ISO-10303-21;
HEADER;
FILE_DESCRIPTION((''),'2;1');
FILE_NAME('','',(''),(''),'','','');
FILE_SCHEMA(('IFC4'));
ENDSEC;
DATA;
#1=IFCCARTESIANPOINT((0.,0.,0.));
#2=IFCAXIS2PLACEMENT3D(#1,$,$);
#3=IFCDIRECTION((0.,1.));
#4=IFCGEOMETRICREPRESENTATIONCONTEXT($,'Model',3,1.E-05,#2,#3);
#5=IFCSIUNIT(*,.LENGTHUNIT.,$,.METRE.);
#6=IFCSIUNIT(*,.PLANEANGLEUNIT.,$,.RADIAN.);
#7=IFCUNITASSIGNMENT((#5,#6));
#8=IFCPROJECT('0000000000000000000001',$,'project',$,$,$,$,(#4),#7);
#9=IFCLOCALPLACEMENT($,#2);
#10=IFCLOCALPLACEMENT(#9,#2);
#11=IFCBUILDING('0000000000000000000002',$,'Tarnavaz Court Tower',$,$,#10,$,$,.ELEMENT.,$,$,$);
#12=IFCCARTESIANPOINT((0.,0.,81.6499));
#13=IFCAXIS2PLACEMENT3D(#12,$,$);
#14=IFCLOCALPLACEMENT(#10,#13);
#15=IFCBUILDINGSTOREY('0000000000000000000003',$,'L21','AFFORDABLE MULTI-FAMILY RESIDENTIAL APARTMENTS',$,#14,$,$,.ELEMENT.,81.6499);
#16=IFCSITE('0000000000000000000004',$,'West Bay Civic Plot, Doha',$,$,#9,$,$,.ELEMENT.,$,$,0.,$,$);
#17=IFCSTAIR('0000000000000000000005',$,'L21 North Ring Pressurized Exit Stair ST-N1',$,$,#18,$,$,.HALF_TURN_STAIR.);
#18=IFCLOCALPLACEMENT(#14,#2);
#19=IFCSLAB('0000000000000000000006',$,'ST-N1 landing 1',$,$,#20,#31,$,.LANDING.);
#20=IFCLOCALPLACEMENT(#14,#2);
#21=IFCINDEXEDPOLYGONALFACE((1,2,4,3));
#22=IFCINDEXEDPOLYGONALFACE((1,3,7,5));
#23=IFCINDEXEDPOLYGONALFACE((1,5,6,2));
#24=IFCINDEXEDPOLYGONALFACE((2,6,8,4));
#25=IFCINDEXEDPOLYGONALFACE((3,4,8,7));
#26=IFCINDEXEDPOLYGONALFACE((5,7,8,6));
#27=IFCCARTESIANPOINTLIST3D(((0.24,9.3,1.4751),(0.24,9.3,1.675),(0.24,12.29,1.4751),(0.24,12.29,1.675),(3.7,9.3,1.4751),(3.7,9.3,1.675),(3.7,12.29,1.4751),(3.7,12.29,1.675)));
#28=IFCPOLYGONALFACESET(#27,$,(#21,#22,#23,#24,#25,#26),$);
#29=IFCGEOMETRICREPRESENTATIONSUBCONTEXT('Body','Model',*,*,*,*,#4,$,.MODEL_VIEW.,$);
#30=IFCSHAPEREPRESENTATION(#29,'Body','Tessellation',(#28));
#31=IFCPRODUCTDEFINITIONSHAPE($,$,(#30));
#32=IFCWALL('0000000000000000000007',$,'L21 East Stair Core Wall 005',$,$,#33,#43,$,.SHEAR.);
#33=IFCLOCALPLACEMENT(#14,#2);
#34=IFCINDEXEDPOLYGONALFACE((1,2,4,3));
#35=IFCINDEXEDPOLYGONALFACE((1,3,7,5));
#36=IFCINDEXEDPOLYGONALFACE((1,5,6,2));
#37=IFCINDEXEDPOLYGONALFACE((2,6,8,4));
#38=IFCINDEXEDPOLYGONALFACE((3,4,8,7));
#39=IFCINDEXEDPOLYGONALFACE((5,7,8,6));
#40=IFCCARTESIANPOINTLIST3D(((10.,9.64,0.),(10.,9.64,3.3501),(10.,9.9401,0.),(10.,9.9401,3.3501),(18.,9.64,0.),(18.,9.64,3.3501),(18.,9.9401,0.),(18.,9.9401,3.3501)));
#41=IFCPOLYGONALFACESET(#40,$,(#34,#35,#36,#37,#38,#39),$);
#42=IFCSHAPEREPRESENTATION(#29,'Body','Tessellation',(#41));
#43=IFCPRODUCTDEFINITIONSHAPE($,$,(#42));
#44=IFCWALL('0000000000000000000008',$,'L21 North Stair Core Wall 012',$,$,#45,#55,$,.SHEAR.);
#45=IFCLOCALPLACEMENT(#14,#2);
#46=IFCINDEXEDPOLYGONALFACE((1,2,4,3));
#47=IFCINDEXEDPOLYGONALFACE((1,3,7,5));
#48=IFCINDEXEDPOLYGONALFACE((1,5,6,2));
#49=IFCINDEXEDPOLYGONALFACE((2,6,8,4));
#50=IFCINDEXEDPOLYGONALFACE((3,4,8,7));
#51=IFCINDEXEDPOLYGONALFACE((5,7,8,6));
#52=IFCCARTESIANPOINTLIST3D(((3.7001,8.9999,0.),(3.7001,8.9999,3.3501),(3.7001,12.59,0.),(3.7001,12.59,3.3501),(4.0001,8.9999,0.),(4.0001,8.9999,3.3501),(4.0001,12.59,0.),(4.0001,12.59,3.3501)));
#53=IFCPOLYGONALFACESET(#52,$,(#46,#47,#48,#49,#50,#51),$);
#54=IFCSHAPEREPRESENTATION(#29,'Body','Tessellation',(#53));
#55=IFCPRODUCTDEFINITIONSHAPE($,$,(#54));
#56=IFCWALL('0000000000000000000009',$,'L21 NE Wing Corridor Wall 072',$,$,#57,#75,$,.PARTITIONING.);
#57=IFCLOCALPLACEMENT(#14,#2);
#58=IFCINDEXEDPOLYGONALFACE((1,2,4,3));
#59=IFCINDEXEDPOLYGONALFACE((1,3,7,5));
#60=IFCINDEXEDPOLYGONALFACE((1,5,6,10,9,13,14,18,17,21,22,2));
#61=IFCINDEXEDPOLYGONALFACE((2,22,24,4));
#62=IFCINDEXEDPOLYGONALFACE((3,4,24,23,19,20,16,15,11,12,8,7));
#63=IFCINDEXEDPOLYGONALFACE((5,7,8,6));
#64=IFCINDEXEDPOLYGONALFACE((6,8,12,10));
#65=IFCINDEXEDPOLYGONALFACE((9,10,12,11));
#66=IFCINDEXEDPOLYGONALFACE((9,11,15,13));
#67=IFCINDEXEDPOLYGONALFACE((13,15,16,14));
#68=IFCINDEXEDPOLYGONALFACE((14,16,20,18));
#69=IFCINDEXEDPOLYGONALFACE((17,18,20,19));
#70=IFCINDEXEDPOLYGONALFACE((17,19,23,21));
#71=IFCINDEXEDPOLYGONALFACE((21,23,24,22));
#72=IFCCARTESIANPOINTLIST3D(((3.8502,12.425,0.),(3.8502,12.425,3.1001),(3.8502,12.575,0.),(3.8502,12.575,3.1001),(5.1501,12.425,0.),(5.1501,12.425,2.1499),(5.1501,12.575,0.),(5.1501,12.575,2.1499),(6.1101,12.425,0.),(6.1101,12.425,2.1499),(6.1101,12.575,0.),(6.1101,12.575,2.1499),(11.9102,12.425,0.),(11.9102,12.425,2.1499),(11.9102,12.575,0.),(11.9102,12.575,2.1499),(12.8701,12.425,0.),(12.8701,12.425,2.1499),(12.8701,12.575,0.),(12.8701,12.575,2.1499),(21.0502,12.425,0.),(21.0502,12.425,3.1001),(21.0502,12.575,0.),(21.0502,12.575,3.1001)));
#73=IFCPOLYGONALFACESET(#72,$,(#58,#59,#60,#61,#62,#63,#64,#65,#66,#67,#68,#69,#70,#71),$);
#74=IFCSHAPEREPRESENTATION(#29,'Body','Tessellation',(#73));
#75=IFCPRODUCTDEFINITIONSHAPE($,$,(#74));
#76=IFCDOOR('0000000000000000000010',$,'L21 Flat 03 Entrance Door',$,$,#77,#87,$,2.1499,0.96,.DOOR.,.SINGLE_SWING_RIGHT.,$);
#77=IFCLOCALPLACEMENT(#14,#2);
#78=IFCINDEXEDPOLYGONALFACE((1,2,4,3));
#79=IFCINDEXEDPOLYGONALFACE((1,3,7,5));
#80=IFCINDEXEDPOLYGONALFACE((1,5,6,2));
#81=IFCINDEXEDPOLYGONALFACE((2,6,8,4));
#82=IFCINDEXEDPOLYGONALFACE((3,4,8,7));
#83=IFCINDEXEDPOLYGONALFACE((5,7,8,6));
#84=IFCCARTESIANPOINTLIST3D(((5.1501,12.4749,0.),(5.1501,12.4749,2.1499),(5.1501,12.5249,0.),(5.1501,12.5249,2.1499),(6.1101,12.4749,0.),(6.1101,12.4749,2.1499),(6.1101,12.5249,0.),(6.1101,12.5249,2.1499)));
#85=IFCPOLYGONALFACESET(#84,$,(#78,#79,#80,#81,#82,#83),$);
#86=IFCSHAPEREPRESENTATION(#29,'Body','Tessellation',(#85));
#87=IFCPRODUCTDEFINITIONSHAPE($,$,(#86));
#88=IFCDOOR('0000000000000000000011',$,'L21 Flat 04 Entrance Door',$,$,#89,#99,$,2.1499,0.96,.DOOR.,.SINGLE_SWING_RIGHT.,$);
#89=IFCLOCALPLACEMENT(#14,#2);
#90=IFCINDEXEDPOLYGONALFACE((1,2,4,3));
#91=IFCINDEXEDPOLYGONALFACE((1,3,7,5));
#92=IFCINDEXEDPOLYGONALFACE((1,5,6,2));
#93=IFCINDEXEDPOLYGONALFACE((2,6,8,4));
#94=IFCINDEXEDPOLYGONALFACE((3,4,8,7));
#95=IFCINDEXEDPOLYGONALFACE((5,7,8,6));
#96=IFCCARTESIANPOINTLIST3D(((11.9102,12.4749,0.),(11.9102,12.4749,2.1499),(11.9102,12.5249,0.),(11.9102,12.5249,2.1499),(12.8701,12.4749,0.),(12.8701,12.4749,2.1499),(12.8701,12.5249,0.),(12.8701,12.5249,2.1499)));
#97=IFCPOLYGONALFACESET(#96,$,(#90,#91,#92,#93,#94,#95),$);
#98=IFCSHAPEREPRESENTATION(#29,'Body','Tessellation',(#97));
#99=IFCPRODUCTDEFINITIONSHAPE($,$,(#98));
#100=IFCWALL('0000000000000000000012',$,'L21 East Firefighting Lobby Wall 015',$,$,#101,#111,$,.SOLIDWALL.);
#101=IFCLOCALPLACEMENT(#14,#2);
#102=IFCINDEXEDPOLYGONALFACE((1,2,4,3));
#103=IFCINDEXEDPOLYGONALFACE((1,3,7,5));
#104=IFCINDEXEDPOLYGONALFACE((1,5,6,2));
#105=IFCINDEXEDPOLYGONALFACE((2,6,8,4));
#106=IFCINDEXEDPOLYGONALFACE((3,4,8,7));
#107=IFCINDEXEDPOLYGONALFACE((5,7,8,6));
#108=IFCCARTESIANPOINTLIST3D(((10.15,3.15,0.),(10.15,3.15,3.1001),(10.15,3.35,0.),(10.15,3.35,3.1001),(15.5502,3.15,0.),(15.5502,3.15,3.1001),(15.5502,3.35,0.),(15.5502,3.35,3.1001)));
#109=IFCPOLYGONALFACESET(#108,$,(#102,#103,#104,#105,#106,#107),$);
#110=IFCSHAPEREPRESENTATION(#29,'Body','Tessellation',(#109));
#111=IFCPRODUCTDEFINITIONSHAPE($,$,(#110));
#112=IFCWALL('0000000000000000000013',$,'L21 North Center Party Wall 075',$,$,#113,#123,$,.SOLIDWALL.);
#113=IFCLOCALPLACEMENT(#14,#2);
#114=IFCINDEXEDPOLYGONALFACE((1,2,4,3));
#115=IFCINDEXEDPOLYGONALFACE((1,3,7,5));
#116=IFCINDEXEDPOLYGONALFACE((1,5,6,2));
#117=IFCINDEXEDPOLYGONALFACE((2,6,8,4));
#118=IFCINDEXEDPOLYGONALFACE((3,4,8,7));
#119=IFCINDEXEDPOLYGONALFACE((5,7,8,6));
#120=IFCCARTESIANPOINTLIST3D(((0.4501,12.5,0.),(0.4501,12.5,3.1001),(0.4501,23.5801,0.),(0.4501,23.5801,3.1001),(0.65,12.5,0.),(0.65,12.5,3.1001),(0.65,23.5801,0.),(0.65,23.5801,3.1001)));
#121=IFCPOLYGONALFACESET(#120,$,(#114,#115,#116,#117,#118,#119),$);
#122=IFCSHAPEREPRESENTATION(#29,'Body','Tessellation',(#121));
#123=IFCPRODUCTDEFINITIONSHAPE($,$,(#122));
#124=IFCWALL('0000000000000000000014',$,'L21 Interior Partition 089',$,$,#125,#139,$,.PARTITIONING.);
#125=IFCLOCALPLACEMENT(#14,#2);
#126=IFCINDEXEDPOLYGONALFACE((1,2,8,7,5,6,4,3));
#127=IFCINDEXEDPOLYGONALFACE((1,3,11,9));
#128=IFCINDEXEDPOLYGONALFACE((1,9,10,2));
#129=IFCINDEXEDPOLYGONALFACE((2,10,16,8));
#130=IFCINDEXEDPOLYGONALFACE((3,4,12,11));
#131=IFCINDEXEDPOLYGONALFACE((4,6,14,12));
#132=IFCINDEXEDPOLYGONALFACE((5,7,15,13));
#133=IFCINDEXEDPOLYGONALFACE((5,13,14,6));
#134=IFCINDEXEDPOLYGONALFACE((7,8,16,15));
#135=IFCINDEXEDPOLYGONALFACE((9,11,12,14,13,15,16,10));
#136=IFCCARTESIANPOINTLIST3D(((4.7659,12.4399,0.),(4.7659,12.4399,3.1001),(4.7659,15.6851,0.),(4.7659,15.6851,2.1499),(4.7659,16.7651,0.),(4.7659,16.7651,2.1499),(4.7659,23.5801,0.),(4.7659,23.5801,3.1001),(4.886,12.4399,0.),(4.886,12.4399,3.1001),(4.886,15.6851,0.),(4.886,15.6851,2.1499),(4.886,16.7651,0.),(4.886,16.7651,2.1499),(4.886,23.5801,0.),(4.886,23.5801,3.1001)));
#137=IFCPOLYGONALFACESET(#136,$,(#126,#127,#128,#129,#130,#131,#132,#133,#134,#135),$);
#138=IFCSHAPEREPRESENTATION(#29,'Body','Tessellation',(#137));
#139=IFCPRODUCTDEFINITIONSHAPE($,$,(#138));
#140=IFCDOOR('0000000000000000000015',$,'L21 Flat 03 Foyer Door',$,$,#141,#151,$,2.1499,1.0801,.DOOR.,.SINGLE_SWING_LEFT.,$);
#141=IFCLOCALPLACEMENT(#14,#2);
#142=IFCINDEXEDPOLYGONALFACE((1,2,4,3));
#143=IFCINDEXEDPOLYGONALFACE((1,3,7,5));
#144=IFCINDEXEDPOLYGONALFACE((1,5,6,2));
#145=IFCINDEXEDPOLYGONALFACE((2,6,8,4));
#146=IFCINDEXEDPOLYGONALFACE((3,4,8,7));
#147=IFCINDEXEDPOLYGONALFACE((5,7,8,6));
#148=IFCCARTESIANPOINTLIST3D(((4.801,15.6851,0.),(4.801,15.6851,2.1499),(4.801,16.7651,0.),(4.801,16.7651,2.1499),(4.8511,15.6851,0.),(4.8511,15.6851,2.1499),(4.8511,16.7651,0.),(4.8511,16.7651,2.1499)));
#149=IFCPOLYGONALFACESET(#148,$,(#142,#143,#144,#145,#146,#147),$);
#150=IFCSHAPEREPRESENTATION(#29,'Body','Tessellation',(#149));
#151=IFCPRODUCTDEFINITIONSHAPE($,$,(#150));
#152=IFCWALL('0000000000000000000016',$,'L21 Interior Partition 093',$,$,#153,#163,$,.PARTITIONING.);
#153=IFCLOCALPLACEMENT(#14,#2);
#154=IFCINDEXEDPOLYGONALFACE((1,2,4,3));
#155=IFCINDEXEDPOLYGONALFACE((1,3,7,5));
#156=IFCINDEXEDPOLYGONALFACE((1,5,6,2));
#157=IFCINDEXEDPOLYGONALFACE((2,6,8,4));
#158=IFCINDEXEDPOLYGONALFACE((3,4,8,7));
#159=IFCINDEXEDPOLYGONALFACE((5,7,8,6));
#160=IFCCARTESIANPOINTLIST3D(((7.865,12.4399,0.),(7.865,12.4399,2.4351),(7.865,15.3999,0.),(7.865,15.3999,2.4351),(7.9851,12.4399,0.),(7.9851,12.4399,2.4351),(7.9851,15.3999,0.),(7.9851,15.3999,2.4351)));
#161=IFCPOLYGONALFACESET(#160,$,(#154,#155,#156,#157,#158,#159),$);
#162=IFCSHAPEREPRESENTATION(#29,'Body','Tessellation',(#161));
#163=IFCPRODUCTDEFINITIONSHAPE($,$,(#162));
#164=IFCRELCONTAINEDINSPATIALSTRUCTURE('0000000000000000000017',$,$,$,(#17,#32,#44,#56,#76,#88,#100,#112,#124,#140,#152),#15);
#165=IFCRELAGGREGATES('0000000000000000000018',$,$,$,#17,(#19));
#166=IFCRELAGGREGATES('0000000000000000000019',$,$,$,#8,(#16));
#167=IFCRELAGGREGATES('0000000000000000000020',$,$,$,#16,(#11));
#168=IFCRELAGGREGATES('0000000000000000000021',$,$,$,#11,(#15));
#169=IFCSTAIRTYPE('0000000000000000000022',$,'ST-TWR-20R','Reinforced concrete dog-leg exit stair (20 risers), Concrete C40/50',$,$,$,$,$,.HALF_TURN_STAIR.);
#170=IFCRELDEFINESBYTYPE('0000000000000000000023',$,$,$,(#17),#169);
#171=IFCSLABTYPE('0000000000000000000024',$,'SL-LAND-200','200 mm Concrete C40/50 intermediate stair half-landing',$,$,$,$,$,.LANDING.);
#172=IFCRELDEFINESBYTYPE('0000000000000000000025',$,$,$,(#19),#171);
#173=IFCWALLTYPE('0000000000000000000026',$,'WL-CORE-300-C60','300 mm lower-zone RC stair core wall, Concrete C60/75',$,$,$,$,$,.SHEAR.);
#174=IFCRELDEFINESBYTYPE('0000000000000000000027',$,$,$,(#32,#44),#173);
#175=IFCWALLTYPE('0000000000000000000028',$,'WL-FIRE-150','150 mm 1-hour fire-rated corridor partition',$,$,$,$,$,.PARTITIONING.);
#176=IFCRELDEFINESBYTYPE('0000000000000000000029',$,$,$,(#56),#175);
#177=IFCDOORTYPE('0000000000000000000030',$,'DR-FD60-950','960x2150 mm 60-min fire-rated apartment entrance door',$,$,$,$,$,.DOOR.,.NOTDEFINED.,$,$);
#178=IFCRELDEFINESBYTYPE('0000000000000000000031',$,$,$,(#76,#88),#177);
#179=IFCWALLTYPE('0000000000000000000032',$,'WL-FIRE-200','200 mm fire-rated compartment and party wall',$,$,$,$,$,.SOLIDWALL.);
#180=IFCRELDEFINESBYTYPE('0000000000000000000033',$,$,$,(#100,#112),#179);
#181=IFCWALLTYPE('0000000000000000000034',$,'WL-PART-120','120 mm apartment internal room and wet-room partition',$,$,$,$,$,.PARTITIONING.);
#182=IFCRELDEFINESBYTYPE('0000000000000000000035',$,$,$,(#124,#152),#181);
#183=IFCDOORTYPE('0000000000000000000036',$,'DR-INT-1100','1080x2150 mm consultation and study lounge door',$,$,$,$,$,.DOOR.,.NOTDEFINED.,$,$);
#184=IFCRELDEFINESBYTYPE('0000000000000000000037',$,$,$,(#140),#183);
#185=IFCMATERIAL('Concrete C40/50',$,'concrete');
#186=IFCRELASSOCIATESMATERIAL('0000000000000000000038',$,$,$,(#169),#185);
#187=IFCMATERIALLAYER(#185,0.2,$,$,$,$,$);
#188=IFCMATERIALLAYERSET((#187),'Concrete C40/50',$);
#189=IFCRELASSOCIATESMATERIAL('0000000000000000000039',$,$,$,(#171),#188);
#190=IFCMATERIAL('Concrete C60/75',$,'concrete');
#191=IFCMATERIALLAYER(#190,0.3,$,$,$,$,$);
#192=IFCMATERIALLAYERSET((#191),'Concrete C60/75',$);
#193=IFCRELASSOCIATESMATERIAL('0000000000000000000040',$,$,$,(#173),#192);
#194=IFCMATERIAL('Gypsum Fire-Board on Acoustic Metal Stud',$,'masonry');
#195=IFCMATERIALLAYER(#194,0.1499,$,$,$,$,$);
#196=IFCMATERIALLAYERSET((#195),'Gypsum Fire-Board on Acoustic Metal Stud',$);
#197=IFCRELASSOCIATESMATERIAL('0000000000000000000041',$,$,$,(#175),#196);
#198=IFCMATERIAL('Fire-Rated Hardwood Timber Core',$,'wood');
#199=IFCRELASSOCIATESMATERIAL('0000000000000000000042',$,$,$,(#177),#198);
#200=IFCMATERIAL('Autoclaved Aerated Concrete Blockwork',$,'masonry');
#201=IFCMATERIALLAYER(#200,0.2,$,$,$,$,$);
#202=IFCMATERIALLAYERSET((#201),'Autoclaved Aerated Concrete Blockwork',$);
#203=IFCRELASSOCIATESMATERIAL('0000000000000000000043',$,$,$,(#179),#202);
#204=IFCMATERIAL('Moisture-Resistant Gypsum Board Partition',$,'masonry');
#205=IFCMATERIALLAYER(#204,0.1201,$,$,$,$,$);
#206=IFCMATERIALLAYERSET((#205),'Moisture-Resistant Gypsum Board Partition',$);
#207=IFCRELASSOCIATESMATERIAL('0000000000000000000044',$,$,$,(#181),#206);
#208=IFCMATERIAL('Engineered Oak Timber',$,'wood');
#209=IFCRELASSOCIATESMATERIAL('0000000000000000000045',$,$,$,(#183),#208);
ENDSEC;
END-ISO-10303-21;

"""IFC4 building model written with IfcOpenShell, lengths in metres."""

from ifc_helpers import new_model, si_unit, direction, frame, frame_2d, origin, place, context, subcontext, project, spatial, polyline, rectangle, outline, extrude, material, layer, layer_set, type_object, element, fill, aggregate, save


model = new_model("IFC4")

# Units and contexts
model_context = context("Model", 3, precision=1e-05, world=origin(), true_north=direction((0.0, 1.0)))
body_context = subcontext(model_context, "Body", "Model", "MODEL_VIEW")
ifc_project = project(units=[si_unit("LENGTHUNIT", "METRE"), si_unit("PLANEANGLEUNIT", "RADIAN")], contexts=[model_context])

# Site, building, storey
site_placement = place(None, origin())
site = spatial("IfcSite", under=ifc_project, at=site_placement, Name="West Bay Civic Plot, Doha", CompositionType="ELEMENT", RefElevation=0.0)
building_placement = place(site_placement, origin())
building = spatial("IfcBuilding", under=site, at=building_placement, Name="Tarnavaz Court Tower", CompositionType="ELEMENT")
storey_placement = place(building_placement, frame((0.0, 0.0, 81.6499)))
storey = spatial("IfcBuildingStorey", under=building, at=storey_placement, Name="L21", Description="AFFORDABLE MULTI-FAMILY RESIDENTIAL APARTMENTS", CompositionType="ELEMENT", Elevation=81.6499)

# Shared definitions
ifc_material_1 = material(Name="Concrete C60/75", Category="concrete")

# Stair, slab
ifc_material_2 = material(Name="Concrete C40/50", Category="concrete")
stair_type = type_object("IfcStairType", Name="ST-TWR-20R", Description="Reinforced concrete dog-leg exit stair (20 risers), Concrete C40/50", PredefinedType="HALF_TURN_STAIR", material=ifc_material_2)
ifc_layer_1 = layer(ifc_material_2, 0.2)
ifc_layer_set_1 = layer_set([ifc_layer_1], Name="Concrete C40/50")
slab_type = type_object("IfcSlabType", Name="SL-LAND-200", Description="200 mm Concrete C40/50 intermediate stair half-landing", PredefinedType="LANDING", material=ifc_layer_set_1)
stair_1_placement = place(storey_placement, origin())
stair_1 = element("IfcStair", 1, at=stair_1_placement, inside=storey, type_object=stair_type, Name="L21 North Ring Pressurized Exit Stair ST-N1", PredefinedType="HALF_TURN_STAIR")
slab_1_placement = place(storey_placement, frame((0.0, 0.0, 1.4751)))
slab_1 = element("IfcSlab", 2, at=slab_1_placement, type_object=slab_type, Name="ST-N1 landing 1", PredefinedType="LANDING", context=body_context, shape_type="SweptSolid", body=[
    extrude(outline(polyline([(0.24, 9.3), (3.7, 9.3), (3.7, 12.29), (0.24, 12.29), (0.24, 9.3)])), origin(), (0.0, 0.0, 1.0), 0.2),
])

# Wall
ifc_layer_2 = layer(ifc_material_1, 0.3)
ifc_layer_set_2 = layer_set([ifc_layer_2], Name="Concrete C60/75")
wall_type_1 = type_object("IfcWallType", Name="WL-CORE-300-C60", Description="300 mm lower-zone RC stair core wall, Concrete C60/75", PredefinedType="SHEAR", material=ifc_layer_set_2)
wall_1_placement = place(storey_placement, frame((10.0, 9.79, 0.0), z_axis=(0.0, 0.0, 1.0), x_axis=(1.0, 0.0, 0.0)))
element("IfcWall", 3, at=wall_1_placement, inside=storey, type_object=wall_type_1, Name="L21 East Stair Core Wall 005", PredefinedType="SHEAR", context=body_context, shape_type="SweptSolid", body=[
    extrude(rectangle(XDim=8.0, YDim=0.3, at=frame_2d((4.0, 0.0))), origin(), (0.0, 0.0, 1.0), 3.3501),
])

# Shared definitions
ifc_material_3 = material(Name="Fire-Rated Hardwood Timber Core", Category="wood")

# Wall
wall_2_placement = place(storey_placement, frame((3.8501, 9.0, 0.0), z_axis=(0.0, 0.0, 1.0), x_axis=(0.0, 1.0, 0.0)))
element("IfcWall", 4, at=wall_2_placement, inside=storey, type_object=wall_type_1, Name="L21 North Stair Core Wall 012", PredefinedType="SHEAR", context=body_context, shape_type="SweptSolid", body=[
    extrude(rectangle(XDim=3.5901, YDim=0.3, at=frame_2d((1.7949, 0.0))), origin(), (0.0, 0.0, 1.0), 3.3501),
])

# Wall, openings, doors
ifc_material_4 = material(Name="Gypsum Fire-Board on Acoustic Metal Stud", Category="masonry")
ifc_layer_3 = layer(ifc_material_4, 0.1499)
ifc_layer_set_3 = layer_set([ifc_layer_3], Name="Gypsum Fire-Board on Acoustic Metal Stud")
wall_type_2 = type_object("IfcWallType", Name="WL-FIRE-150", Description="150 mm 1-hour fire-rated corridor partition", PredefinedType="PARTITIONING", material=ifc_layer_set_3)
wall_3_placement = place(storey_placement, frame((3.8501, 12.5, 0.0), z_axis=(0.0, 0.0, 1.0), x_axis=(1.0, 0.0, 0.0)))
wall_3 = element("IfcWall", 5, at=wall_3_placement, inside=storey, type_object=wall_type_2, Name="L21 NE Wing Corridor Wall 072", PredefinedType="PARTITIONING", context=body_context, shape_type="SweptSolid", body=[
    extrude(rectangle(XDim=17.2, YDim=0.1499, at=frame_2d((8.6001, 0.0))), origin(), (0.0, 0.0, 1.0), 3.1001),
])
opening_1_placement = place(wall_3_placement, frame((1.3, 0.0, 0.0)))
opening_1 = element("IfcOpeningElement", 6, at=opening_1_placement, cuts=wall_3, PredefinedType="OPENING", context=body_context, shape_type="SweptSolid", body=[
    extrude(rectangle(XDim=0.96, YDim=2.1499, at=frame_2d((0.48, 1.075))), frame((0.0, 0.085, 0.0), z_axis=(0.0, -1.0, 0.0), x_axis=(1.0, 0.0, 0.0)), (0.0, 0.0, 1.0), 0.1699),
])
opening_2_placement = place(wall_3_placement, frame((8.0601, 0.0, 0.0)))
opening_2 = element("IfcOpeningElement", 7, at=opening_2_placement, cuts=wall_3, PredefinedType="OPENING", context=body_context, shape_type="SweptSolid", body=[
    extrude(rectangle(XDim=0.96, YDim=2.1499, at=frame_2d((0.48, 1.075))), frame((0.0, 0.085, 0.0), z_axis=(0.0, -1.0, 0.0), x_axis=(1.0, 0.0, 0.0)), (0.0, 0.0, 1.0), 0.1699),
])
door_type_1 = type_object("IfcDoorType", Name="DR-FD60-950", Description="960x2150 mm 60-min fire-rated apartment entrance door", OperationType="NOTDEFINED", PredefinedType="DOOR", material=ifc_material_3)
door_1_placement = place(opening_1_placement, origin())
door_1 = element("IfcDoor", 8, at=door_1_placement, inside=storey, type_object=door_type_1, Name="L21 Flat 03 Entrance Door", OperationType="SINGLE_SWING_RIGHT", OverallHeight=2.1499, OverallWidth=0.96, PredefinedType="DOOR", context=body_context, shape_type="SweptSolid", body=[
    extrude(rectangle(XDim=0.96, YDim=2.1499, at=frame_2d((0.48, 1.075))), frame((0.0, 0.0249, 0.0), z_axis=(0.0, -1.0, 0.0), x_axis=(1.0, 0.0, 0.0)), (0.0, 0.0, 1.0), 0.05),
])
fill(opening_1, door_1)
door_2_placement = place(opening_2_placement, origin())
door_2 = element("IfcDoor", 9, at=door_2_placement, inside=storey, type_object=door_type_1, Name="L21 Flat 04 Entrance Door", OperationType="SINGLE_SWING_RIGHT", OverallHeight=2.1499, OverallWidth=0.96, PredefinedType="DOOR", context=body_context, shape_type="SweptSolid", body=[
    extrude(rectangle(XDim=0.96, YDim=2.1499, at=frame_2d((0.48, 1.075))), frame((0.0, 0.0249, 0.0), z_axis=(0.0, -1.0, 0.0), x_axis=(1.0, 0.0, 0.0)), (0.0, 0.0, 1.0), 0.05),
])
fill(opening_2, door_2)

# Wall
ifc_material_5 = material(Name="Autoclaved Aerated Concrete Blockwork", Category="masonry")
ifc_layer_4 = layer(ifc_material_5, 0.2)
ifc_layer_set_4 = layer_set([ifc_layer_4], Name="Autoclaved Aerated Concrete Blockwork")
wall_type_3 = type_object("IfcWallType", Name="WL-FIRE-200", Description="200 mm fire-rated compartment and party wall", PredefinedType="SOLIDWALL", material=ifc_layer_set_4)
wall_4_placement = place(storey_placement, frame((10.1499, 3.25, 0.0), z_axis=(0.0, 0.0, 1.0), x_axis=(1.0, 0.0, 0.0)))
element("IfcWall", 10, at=wall_4_placement, inside=storey, type_object=wall_type_3, Name="L21 East Firefighting Lobby Wall 015", PredefinedType="SOLIDWALL", context=body_context, shape_type="SweptSolid", body=[
    extrude(rectangle(XDim=5.4001, YDim=0.2, at=frame_2d((2.7002, 0.0))), origin(), (0.0, 0.0, 1.0), 3.1001),
])

# Wall
wall_5_placement = place(storey_placement, frame((0.55, 12.5, 0.0), z_axis=(0.0, 0.0, 1.0), x_axis=(0.0, 1.0, 0.0)))
element("IfcWall", 11, at=wall_5_placement, inside=storey, type_object=wall_type_3, Name="L21 North Center Party Wall 075", PredefinedType="SOLIDWALL", context=body_context, shape_type="SweptSolid", body=[
    extrude(rectangle(XDim=11.0801, YDim=0.2, at=frame_2d((5.54, 0.0))), origin(), (0.0, 0.0, 1.0), 3.1001),
])

# Wall, opening, door
ifc_material_6 = material(Name="Moisture-Resistant Gypsum Board Partition", Category="masonry")
ifc_layer_5 = layer(ifc_material_6, 0.1201)
ifc_layer_set_5 = layer_set([ifc_layer_5], Name="Moisture-Resistant Gypsum Board Partition")
wall_type_4 = type_object("IfcWallType", Name="WL-PART-120", Description="120 mm apartment internal room and wet-room partition", PredefinedType="PARTITIONING", material=ifc_layer_set_5)
wall_6_placement = place(storey_placement, frame((4.8259, 12.4399, 0.0), z_axis=(0.0, 0.0, 1.0), x_axis=(0.0, 1.0, 0.0)))
wall_6 = element("IfcWall", 12, at=wall_6_placement, inside=storey, type_object=wall_type_4, Name="L21 Interior Partition 089", PredefinedType="PARTITIONING", context=body_context, shape_type="SweptSolid", body=[
    extrude(rectangle(XDim=11.1401, YDim=0.1201, at=frame_2d((5.5701, 0.0))), origin(), (0.0, 0.0, 1.0), 3.1001),
])
opening_3_placement = place(wall_6_placement, frame((3.2451, 0.0, 0.0)))
opening_3 = element("IfcOpeningElement", 13, at=opening_3_placement, cuts=wall_6, PredefinedType="OPENING", context=body_context, shape_type="SweptSolid", body=[
    extrude(rectangle(XDim=1.0801, YDim=2.1499, at=frame_2d((0.54, 1.075))), frame((0.0, 0.0701, 0.0), z_axis=(0.0, -1.0, 0.0), x_axis=(1.0, 0.0, 0.0)), (0.0, 0.0, 1.0), 0.1401),
])
ifc_material_7 = material(Name="Engineered Oak Timber", Category="wood")
door_type_2 = type_object("IfcDoorType", Name="DR-INT-1100", Description="1080x2150 mm consultation and study lounge door", OperationType="NOTDEFINED", PredefinedType="DOOR", material=ifc_material_7)
door_3_placement = place(opening_3_placement, origin())
door_3 = element("IfcDoor", 14, at=door_3_placement, inside=storey, type_object=door_type_2, Name="L21 Flat 03 Foyer Door", OperationType="SINGLE_SWING_LEFT", OverallHeight=2.1499, OverallWidth=1.0801, PredefinedType="DOOR", context=body_context, shape_type="SweptSolid", body=[
    extrude(rectangle(XDim=1.0801, YDim=2.1499, at=frame_2d((0.54, 1.075))), frame((0.0, 0.0249, 0.0), z_axis=(0.0, -1.0, 0.0), x_axis=(1.0, 0.0, 0.0)), (0.0, 0.0, 1.0), 0.05),
])
fill(opening_3, door_3)

# Wall
wall_7_placement = place(storey_placement, frame((7.925, 12.4399, 0.0), z_axis=(0.0, 0.0, 1.0), x_axis=(0.0, 1.0, 0.0)))
element("IfcWall", 15, at=wall_7_placement, inside=storey, type_object=wall_type_4, Name="L21 Interior Partition 093", PredefinedType="PARTITIONING", context=body_context, shape_type="SweptSolid", body=[
    extrude(rectangle(XDim=2.96, YDim=0.1201, at=frame_2d((1.48, 0.0))), origin(), (0.0, 0.0, 1.0), 2.4351),
])

aggregate(stair_1, [slab_1])

save(model, "model.ifc")
